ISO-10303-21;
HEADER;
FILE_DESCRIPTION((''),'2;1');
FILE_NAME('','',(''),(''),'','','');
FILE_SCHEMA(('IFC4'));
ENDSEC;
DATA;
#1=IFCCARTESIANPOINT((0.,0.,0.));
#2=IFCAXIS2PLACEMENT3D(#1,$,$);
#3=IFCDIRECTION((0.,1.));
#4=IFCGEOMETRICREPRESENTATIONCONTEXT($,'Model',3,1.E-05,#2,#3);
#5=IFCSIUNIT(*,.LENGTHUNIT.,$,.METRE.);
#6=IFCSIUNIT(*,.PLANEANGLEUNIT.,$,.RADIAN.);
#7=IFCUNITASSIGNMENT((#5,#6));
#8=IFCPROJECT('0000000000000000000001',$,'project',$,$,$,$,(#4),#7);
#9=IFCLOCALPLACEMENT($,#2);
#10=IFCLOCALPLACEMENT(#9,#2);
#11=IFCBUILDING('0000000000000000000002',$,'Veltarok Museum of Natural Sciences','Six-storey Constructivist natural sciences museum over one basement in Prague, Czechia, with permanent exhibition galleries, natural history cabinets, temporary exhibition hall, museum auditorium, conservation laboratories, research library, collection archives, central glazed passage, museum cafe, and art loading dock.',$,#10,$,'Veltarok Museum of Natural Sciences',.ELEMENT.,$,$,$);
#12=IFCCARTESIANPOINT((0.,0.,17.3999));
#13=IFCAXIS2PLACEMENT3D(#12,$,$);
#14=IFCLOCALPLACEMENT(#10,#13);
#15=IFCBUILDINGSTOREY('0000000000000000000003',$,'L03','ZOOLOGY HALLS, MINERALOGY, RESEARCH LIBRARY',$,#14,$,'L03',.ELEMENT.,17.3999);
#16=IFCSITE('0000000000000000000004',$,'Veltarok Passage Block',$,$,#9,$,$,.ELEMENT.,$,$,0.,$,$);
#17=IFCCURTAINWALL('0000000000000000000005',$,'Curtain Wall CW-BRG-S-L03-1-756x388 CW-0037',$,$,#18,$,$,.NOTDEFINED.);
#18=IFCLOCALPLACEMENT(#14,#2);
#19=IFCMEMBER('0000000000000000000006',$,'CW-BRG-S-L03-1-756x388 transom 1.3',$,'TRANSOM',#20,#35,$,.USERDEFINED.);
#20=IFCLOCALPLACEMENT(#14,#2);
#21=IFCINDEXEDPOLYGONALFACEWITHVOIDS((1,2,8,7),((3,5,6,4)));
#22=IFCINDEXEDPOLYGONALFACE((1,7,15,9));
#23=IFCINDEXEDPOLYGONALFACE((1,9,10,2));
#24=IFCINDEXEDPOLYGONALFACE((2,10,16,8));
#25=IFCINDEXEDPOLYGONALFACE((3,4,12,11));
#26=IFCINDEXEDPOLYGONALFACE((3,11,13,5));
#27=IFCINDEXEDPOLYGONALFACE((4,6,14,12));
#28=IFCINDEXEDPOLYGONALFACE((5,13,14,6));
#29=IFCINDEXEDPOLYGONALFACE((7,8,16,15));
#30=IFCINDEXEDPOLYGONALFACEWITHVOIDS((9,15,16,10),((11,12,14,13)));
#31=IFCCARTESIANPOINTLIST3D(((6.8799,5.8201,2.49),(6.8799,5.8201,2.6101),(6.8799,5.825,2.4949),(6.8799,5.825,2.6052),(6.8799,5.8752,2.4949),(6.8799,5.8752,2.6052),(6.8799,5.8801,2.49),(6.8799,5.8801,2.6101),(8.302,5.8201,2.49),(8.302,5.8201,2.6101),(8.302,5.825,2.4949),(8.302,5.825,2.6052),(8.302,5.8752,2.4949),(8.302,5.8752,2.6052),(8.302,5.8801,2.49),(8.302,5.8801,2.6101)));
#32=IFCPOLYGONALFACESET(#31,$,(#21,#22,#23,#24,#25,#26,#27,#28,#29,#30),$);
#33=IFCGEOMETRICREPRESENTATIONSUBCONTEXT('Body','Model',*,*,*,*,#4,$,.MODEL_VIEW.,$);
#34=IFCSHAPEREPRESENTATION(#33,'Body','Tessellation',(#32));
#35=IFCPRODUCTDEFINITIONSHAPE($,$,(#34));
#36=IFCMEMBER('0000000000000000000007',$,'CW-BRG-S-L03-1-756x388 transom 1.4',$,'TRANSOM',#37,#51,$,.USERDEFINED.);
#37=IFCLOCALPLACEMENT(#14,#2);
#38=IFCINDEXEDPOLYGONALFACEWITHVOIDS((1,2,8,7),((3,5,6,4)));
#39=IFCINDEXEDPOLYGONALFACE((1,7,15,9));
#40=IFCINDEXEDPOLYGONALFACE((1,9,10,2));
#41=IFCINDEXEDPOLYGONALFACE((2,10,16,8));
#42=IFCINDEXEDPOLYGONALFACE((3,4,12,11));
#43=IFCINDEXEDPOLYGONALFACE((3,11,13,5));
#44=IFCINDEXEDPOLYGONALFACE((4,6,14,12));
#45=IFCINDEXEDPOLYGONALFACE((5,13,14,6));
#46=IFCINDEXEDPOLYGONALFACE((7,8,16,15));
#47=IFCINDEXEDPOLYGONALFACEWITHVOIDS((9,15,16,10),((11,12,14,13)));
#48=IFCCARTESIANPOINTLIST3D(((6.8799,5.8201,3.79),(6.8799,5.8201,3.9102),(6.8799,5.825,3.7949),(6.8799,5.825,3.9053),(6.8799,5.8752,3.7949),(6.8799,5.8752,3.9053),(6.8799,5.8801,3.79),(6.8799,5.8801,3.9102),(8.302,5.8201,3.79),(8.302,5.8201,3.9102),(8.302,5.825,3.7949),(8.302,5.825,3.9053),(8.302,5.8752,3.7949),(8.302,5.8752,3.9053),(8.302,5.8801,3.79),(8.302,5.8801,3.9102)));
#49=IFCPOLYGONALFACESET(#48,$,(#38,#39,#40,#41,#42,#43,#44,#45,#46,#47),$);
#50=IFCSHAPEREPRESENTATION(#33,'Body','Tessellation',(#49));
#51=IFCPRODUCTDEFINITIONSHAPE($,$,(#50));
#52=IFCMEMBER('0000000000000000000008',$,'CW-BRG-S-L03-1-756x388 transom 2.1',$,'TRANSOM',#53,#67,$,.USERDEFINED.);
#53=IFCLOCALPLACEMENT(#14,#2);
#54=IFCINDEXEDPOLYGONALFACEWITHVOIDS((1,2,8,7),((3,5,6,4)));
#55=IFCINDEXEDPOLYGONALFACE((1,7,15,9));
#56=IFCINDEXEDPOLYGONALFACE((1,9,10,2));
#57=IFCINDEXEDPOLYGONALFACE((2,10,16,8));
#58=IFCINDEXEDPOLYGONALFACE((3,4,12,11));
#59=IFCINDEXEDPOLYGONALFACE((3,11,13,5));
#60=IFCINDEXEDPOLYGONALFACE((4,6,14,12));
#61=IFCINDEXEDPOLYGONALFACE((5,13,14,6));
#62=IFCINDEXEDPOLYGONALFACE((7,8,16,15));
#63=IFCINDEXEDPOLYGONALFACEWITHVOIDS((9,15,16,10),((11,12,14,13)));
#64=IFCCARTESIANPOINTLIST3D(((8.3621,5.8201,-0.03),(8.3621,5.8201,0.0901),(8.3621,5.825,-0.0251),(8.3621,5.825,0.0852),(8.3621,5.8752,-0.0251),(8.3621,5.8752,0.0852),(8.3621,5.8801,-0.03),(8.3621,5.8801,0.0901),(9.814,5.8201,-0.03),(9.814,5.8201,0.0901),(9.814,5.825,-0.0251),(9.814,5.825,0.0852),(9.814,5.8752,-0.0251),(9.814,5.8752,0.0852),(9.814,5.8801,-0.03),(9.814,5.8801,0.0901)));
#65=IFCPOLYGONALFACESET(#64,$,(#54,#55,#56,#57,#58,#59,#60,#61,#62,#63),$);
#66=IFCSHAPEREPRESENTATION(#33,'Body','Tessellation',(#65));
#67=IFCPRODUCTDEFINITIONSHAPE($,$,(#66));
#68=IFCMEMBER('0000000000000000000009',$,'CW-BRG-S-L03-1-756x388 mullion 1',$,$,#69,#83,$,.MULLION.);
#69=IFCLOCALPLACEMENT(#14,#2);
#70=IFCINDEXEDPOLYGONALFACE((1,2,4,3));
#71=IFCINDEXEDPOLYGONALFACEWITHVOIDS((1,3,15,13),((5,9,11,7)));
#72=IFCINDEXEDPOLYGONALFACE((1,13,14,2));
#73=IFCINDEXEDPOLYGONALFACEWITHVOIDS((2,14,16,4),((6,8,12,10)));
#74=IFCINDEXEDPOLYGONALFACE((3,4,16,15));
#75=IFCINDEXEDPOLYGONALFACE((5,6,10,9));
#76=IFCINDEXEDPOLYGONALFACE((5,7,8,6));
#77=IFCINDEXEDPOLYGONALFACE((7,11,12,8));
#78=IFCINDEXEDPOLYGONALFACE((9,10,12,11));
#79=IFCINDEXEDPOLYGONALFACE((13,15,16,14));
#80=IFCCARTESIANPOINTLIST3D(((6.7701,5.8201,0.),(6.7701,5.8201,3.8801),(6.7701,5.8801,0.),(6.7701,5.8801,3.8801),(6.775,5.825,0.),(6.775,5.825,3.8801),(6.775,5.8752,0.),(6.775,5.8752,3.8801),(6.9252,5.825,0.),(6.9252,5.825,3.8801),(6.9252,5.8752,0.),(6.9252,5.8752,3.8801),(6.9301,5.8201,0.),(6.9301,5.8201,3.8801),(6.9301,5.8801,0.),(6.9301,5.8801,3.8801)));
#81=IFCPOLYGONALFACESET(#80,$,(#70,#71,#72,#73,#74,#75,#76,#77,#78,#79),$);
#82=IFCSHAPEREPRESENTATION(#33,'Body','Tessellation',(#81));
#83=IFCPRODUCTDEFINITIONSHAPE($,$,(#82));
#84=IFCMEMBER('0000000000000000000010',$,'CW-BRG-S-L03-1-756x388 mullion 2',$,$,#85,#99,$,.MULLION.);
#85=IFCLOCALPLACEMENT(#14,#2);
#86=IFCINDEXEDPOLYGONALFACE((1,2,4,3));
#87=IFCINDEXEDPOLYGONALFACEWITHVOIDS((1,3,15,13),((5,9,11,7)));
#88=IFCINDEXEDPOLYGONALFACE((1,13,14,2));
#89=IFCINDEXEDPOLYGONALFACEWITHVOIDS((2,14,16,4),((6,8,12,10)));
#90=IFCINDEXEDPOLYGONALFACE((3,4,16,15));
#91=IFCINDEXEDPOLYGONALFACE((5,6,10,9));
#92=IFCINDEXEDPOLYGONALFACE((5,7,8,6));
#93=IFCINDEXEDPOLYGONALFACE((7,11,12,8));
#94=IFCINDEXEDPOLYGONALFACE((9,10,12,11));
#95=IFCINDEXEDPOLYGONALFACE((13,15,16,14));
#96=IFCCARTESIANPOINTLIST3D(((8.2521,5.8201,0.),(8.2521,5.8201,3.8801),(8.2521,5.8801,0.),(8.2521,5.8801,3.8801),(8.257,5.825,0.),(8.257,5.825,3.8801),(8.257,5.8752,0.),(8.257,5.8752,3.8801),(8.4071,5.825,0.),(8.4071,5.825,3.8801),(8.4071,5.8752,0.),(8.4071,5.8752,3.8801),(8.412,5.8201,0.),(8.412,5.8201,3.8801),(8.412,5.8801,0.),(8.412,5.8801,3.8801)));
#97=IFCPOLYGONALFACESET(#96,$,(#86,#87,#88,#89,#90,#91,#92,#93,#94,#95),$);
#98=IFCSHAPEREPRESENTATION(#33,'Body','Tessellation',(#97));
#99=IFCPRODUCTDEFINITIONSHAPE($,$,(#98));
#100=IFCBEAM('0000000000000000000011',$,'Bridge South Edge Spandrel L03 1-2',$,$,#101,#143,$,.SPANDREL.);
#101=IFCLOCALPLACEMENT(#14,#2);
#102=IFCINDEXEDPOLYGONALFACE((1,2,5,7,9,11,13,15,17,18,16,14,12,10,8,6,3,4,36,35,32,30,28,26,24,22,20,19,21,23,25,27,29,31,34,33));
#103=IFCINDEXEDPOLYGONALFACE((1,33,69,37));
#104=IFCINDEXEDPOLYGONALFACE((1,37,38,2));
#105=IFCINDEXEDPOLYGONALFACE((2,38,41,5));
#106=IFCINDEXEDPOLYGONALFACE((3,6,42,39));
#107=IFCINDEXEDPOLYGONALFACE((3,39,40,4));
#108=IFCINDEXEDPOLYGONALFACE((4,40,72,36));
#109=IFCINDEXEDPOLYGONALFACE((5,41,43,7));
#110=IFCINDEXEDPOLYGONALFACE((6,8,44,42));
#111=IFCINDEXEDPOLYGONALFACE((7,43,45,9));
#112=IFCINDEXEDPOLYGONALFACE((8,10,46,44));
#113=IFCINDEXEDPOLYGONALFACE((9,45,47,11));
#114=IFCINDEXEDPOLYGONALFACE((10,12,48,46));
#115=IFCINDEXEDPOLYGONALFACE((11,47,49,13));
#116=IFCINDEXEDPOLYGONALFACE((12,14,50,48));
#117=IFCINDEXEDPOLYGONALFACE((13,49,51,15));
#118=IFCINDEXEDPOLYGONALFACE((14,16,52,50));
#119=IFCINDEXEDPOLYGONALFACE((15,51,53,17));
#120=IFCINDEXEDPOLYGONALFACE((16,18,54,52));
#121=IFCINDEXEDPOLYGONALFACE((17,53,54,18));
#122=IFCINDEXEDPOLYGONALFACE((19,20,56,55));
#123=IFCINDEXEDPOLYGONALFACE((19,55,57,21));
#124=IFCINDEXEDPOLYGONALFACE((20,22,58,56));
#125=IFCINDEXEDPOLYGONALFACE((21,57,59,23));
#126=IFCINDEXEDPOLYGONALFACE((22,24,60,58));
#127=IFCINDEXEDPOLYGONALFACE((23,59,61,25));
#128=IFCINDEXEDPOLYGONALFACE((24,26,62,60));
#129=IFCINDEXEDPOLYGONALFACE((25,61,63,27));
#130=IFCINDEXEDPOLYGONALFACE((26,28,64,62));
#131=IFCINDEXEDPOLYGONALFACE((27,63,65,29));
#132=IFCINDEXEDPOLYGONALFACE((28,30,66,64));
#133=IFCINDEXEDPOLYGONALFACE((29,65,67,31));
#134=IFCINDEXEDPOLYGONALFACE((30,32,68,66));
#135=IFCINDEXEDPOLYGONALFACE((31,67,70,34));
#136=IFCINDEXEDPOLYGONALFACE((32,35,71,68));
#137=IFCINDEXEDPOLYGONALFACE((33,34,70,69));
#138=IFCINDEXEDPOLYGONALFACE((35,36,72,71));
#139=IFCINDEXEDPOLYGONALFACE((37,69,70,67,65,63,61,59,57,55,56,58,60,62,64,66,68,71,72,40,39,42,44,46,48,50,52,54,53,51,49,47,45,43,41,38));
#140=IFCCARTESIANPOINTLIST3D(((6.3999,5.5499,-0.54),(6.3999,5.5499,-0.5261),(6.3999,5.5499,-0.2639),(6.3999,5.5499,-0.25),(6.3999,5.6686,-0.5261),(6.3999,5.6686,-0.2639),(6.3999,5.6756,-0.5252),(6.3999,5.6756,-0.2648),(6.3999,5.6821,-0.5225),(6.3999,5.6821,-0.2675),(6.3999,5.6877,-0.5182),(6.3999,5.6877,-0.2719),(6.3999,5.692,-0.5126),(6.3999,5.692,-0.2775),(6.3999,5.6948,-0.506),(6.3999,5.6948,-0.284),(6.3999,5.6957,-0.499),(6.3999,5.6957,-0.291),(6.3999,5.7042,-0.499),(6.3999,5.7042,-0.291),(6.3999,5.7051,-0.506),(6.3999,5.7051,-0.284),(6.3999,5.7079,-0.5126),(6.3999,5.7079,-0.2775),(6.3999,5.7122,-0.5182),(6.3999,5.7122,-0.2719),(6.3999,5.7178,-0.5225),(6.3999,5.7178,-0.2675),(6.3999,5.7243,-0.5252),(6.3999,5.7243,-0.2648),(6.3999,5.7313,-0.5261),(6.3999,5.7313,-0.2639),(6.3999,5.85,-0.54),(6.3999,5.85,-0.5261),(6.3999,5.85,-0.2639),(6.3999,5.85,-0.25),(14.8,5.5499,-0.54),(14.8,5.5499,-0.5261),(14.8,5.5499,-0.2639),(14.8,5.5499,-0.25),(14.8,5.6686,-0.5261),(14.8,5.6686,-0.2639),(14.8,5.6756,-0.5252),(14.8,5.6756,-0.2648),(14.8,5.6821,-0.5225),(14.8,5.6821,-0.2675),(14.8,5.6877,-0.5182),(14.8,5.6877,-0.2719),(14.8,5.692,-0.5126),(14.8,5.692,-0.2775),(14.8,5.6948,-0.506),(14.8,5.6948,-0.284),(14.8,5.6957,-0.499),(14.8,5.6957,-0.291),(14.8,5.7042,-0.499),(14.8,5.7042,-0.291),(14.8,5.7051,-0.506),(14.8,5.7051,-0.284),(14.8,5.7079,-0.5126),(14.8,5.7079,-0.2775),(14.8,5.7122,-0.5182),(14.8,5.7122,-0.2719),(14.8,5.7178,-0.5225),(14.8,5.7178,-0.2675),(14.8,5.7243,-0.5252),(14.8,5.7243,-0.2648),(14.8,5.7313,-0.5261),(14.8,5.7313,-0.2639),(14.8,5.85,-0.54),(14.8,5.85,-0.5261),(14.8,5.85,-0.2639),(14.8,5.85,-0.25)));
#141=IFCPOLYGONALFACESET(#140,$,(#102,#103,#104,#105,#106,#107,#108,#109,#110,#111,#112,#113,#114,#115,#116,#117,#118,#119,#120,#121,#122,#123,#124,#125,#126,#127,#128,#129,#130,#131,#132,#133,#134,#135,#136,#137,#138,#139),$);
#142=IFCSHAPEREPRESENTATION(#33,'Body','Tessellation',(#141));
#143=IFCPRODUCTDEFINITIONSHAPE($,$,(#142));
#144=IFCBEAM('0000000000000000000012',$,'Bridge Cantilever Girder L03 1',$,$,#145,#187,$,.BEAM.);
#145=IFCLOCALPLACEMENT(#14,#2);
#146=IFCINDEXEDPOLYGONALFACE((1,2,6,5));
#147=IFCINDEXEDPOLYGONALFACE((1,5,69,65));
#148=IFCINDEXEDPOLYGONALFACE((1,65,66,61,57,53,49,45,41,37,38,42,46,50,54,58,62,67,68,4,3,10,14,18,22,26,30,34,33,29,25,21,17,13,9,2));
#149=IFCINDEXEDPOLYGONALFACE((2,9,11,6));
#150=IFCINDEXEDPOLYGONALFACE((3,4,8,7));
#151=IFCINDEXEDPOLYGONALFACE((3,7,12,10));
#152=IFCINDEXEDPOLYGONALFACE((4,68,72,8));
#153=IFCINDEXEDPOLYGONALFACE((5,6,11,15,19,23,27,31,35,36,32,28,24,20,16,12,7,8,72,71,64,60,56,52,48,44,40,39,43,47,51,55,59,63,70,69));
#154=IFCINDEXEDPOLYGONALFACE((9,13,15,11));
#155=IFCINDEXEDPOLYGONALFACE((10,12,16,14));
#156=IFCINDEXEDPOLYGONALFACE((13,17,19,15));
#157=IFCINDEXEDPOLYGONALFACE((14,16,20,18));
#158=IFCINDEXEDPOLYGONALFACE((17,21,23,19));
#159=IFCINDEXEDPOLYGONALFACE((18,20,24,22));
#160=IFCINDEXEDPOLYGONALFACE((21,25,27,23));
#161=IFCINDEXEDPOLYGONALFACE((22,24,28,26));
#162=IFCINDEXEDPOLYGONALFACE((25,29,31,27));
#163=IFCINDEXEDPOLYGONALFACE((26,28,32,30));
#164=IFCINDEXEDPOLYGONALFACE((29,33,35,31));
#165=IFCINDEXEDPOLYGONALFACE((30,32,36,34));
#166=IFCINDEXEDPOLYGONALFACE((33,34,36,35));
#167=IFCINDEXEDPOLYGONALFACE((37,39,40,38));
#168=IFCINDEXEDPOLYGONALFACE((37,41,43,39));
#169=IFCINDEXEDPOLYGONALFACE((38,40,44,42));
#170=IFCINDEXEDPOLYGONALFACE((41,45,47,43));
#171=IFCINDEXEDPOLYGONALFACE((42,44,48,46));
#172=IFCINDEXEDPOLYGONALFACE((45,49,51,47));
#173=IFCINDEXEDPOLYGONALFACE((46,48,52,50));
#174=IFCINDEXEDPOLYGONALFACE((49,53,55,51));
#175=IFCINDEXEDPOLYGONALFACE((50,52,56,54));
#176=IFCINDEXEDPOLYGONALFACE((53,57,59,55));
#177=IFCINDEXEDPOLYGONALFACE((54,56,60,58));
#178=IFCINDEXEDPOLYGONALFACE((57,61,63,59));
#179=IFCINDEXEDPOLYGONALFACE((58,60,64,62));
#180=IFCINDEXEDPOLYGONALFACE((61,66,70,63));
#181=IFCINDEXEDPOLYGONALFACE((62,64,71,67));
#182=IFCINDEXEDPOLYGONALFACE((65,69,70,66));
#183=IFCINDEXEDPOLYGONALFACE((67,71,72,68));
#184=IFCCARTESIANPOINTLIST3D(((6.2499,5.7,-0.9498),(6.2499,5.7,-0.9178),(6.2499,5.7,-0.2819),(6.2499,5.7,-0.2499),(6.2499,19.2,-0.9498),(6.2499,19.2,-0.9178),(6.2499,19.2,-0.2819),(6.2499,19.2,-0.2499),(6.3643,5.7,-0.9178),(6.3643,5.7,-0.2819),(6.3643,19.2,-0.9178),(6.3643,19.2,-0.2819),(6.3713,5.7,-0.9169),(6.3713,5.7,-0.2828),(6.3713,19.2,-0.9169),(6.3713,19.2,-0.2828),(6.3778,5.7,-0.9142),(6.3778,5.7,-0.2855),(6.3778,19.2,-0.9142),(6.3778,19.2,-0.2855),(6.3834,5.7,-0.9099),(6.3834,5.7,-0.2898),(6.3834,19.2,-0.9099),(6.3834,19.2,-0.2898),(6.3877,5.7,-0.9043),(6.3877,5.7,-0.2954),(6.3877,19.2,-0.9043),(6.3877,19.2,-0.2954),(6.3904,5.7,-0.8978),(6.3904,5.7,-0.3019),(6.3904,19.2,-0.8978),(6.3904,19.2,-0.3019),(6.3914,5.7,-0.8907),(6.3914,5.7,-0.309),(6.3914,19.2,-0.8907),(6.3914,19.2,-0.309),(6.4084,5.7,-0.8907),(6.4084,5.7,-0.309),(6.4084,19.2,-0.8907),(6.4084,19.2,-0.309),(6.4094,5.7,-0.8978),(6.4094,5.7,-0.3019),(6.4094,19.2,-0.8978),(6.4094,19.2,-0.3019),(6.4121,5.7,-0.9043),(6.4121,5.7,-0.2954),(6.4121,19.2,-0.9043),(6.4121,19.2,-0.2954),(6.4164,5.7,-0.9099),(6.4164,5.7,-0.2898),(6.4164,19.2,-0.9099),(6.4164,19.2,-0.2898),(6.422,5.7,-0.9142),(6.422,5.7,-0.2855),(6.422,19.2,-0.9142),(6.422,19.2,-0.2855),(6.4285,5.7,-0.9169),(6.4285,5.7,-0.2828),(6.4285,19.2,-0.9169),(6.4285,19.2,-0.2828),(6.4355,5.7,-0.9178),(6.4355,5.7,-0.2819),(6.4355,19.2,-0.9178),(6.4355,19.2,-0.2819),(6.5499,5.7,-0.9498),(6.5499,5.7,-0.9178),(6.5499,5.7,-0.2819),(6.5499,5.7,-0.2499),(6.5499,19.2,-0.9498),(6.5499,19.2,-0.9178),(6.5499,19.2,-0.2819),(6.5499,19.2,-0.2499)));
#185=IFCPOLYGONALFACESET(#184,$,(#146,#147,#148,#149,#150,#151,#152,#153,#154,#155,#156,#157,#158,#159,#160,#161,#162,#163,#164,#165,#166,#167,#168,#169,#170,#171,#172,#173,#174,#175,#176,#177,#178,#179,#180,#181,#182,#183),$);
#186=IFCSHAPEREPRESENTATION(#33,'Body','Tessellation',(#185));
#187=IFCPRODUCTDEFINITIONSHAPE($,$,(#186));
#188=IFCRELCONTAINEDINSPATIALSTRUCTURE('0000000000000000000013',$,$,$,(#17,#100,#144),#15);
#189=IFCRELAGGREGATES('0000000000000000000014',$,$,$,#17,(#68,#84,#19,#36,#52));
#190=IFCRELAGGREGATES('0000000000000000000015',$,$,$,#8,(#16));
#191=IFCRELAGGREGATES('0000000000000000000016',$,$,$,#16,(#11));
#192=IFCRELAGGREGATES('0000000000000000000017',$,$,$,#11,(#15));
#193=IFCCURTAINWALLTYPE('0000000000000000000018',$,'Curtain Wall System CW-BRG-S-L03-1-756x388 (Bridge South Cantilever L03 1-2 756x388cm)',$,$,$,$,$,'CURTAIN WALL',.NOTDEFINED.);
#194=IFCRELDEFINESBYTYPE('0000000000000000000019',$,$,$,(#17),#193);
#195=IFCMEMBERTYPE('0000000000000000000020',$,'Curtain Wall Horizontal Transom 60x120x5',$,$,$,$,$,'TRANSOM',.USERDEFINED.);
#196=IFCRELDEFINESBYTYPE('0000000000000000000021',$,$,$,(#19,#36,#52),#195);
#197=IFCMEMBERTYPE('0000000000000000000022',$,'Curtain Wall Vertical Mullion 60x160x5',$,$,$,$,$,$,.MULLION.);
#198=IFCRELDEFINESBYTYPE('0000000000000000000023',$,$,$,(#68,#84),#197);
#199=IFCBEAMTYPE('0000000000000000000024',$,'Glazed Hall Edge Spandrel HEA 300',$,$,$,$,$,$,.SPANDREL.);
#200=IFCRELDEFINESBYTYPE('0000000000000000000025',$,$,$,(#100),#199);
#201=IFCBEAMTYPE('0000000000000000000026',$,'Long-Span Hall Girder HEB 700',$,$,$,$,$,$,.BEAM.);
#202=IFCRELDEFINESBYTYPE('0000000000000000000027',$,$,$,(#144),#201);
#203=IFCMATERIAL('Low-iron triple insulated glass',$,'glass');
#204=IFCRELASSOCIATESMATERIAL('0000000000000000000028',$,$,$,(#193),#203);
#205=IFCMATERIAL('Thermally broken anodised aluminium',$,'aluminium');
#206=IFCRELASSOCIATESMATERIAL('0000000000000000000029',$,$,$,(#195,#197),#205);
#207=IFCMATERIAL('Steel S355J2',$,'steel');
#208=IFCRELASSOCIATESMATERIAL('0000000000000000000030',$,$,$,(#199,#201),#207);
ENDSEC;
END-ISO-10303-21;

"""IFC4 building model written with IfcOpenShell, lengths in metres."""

from ifc_helpers import new_model, si_unit, direction, frame, origin, origin_2d, place, context, subcontext, project, spatial, hollow_rectangle, i_section, extrude, material, material_profile, profile_set, type_object, element, aggregate, save


model = new_model("IFC4")

# Units and contexts
model_context = context("Model", 3, precision=1e-05, world=origin(), true_north=direction((0.0, 1.0)))
body_context = subcontext(model_context, "Body", "Model", "MODEL_VIEW")
ifc_project = project(units=[si_unit("LENGTHUNIT", "METRE"), si_unit("PLANEANGLEUNIT", "RADIAN")], contexts=[model_context])

# Site, building, storey
site_placement = place(None, origin())
site = spatial("IfcSite", under=ifc_project, at=site_placement, Name="Veltarok Passage Block", CompositionType="ELEMENT", RefElevation=0.0)
building_placement = place(site_placement, origin())
building = spatial("IfcBuilding", under=site, at=building_placement, Name="Veltarok Museum of Natural Sciences", Description="Six-storey Constructivist natural sciences museum over one basement in Prague, Czechia, with permanent exhibition galleries, natural history cabinets, temporary exhibition hall, museum auditorium, conservation laboratories, research library, collection archives, central glazed passage, museum cafe, and art loading dock.", LongName="Veltarok Museum of Natural Sciences", CompositionType="ELEMENT")
storey_placement = place(building_placement, frame((0.0, 0.0, 17.3999)))
storey = spatial("IfcBuildingStorey", under=building, at=storey_placement, Name="L03", Description="ZOOLOGY HALLS, MINERALOGY, RESEARCH LIBRARY", LongName="L03", CompositionType="ELEMENT", Elevation=17.3999)

# Shared definitions
ifc_material_1 = material(Name="Steel S355J2", Category="steel")

# Curtain wall, members
ifc_material_2 = material(Name="Low-iron triple insulated glass", Category="glass")
curtain_wall_type = type_object("IfcCurtainWallType", Name="Curtain Wall System CW-BRG-S-L03-1-756x388 (Bridge South Cantilever L03 1-2 756x388cm)", ElementType="CURTAIN WALL", PredefinedType="NOTDEFINED", material=ifc_material_2)
curtain_wall_placement = place(storey_placement, origin())
curtain_wall = element("IfcCurtainWall", 1, at=curtain_wall_placement, inside=storey, type_object=curtain_wall_type, Name="Curtain Wall CW-BRG-S-L03-1-756x388 CW-0037", PredefinedType="NOTDEFINED")
ifc_material_3 = material(Name="Thermally broken anodised aluminium", Category="aluminium")
ifc_material_profile_1 = material_profile(ifc_material_3, hollow_rectangle(XDim=0.0601, YDim=0.1201, WallThickness=0.0049, at=origin_2d()), Name="CW TRANSOM 60x120x5")
ifc_profile_set_1 = profile_set([ifc_material_profile_1], Name="Thermally broken anodised aluminium")
member_type_1 = type_object("IfcMemberType", Name="Curtain Wall Horizontal Transom 60x120x5", ElementType="TRANSOM", PredefinedType="USERDEFINED", material=ifc_profile_set_1)
member_1_placement = place(storey_placement, frame((6.8799, 5.8501, 2.55), z_axis=(1.0, 0.0, 0.0), x_axis=(0.0, 1.0, 0.0)))
member_1 = element("IfcMember", 2, at=member_1_placement, type_object=member_type_1, Name="CW-BRG-S-L03-1-756x388 transom 1.3", ObjectType="TRANSOM", PredefinedType="USERDEFINED", context=body_context, shape_type="SweptSolid", body=[
    extrude(hollow_rectangle(XDim=0.0601, YDim=0.1201, WallThickness=0.0049, at=origin_2d()), origin(), (0.0, 0.0, 1.0), 1.4221),
])
member_2_placement = place(storey_placement, frame((6.8799, 5.8501, 3.8501), z_axis=(1.0, 0.0, 0.0), x_axis=(0.0, 1.0, 0.0)))
member_2 = element("IfcMember", 3, at=member_2_placement, type_object=member_type_1, Name="CW-BRG-S-L03-1-756x388 transom 1.4", ObjectType="TRANSOM", PredefinedType="USERDEFINED", context=body_context, shape_type="SweptSolid", body=[
    extrude(hollow_rectangle(XDim=0.0601, YDim=0.1201, WallThickness=0.0049, at=origin_2d()), origin(), (0.0, 0.0, 1.0), 1.4221),
])
member_3_placement = place(storey_placement, frame((8.3621, 5.8501, 0.03), z_axis=(1.0, 0.0, 0.0), x_axis=(0.0, 1.0, 0.0)))
member_3 = element("IfcMember", 4, at=member_3_placement, type_object=member_type_1, Name="CW-BRG-S-L03-1-756x388 transom 2.1", ObjectType="TRANSOM", PredefinedType="USERDEFINED", context=body_context, shape_type="SweptSolid", body=[
    extrude(hollow_rectangle(XDim=0.0601, YDim=0.1201, WallThickness=0.0049, at=origin_2d()), origin(), (0.0, 0.0, 1.0), 1.4519),
])
ifc_material_profile_2 = material_profile(ifc_material_3, hollow_rectangle(XDim=0.0601, YDim=0.1599, WallThickness=0.0049, at=origin_2d()), Name="CW MULLION 60x160x5")
ifc_profile_set_2 = profile_set([ifc_material_profile_2], Name="Thermally broken anodised aluminium")
member_type_2 = type_object("IfcMemberType", Name="Curtain Wall Vertical Mullion 60x160x5", PredefinedType="MULLION", material=ifc_profile_set_2)
member_4_placement = place(storey_placement, frame((6.8501, 5.8501, 0.0), z_axis=(0.0, 0.0, 1.0), x_axis=(0.0, 1.0, 0.0)))
member_4 = element("IfcMember", 5, at=member_4_placement, type_object=member_type_2, Name="CW-BRG-S-L03-1-756x388 mullion 1", PredefinedType="MULLION", context=body_context, shape_type="SweptSolid", body=[
    extrude(hollow_rectangle(XDim=0.0601, YDim=0.1599, WallThickness=0.0049, at=origin_2d()), origin(), (0.0, 0.0, 1.0), 3.8801),
])
member_5_placement = place(storey_placement, frame((8.332, 5.8501, 0.0), z_axis=(0.0, 0.0, 1.0), x_axis=(0.0, 1.0, 0.0)))
member_5 = element("IfcMember", 6, at=member_5_placement, type_object=member_type_2, Name="CW-BRG-S-L03-1-756x388 mullion 2", PredefinedType="MULLION", context=body_context, shape_type="SweptSolid", body=[
    extrude(hollow_rectangle(XDim=0.0601, YDim=0.1599, WallThickness=0.0049, at=origin_2d()), origin(), (0.0, 0.0, 1.0), 3.8801),
])

# Beams
ifc_material_profile_3 = material_profile(ifc_material_1, i_section(OverallWidth=0.3, OverallDepth=0.29, WebThickness=0.0085, FlangeThickness=0.0139, FilletRadius=0.0271, at=origin_2d()), Name="HEA 300")
ifc_profile_set_3 = profile_set([ifc_material_profile_3], Name="Steel S355J2")
beam_type_1 = type_object("IfcBeamType", Name="Glazed Hall Edge Spandrel HEA 300", PredefinedType="SPANDREL", material=ifc_profile_set_3)
beam_1_placement = place(storey_placement, frame((6.3999, 5.7, -0.395), z_axis=(1.0, 0.0, 0.0), x_axis=(0.0, 1.0, 0.0)))
element("IfcBeam", 7, at=beam_1_placement, inside=storey, type_object=beam_type_1, Name="Bridge South Edge Spandrel L03 1-2", PredefinedType="SPANDREL", context=body_context, shape_type="SweptSolid", body=[
    extrude(i_section(OverallWidth=0.3, OverallDepth=0.29, WebThickness=0.0085, FlangeThickness=0.0139, FilletRadius=0.0271, at=origin_2d()), origin(), (0.0, 0.0, 1.0), 8.4001),
])
ifc_material_profile_4 = material_profile(ifc_material_1, i_section(OverallWidth=0.3, OverallDepth=0.7, WebThickness=0.0171, FlangeThickness=0.032, FilletRadius=0.0271, at=origin_2d()), Name="HEB 700")
ifc_profile_set_4 = profile_set([ifc_material_profile_4], Name="Steel S355J2")
beam_type_2 = type_object("IfcBeamType", Name="Long-Span Hall Girder HEB 700", PredefinedType="BEAM", material=ifc_profile_set_4)
beam_2_placement = place(storey_placement, frame((6.3999, 5.7, -0.5999), z_axis=(0.0, 1.0, 0.0), x_axis=(-1.0, 0.0, 0.0)))
element("IfcBeam", 8, at=beam_2_placement, inside=storey, type_object=beam_type_2, Name="Bridge Cantilever Girder L03 1", PredefinedType="BEAM", context=body_context, shape_type="SweptSolid", body=[
    extrude(i_section(OverallWidth=0.3, OverallDepth=0.7, WebThickness=0.0171, FlangeThickness=0.032, FilletRadius=0.0271, at=origin_2d()), origin(), (0.0, 0.0, 1.0), 13.5),
])

aggregate(curtain_wall, [member_4, member_5, member_1, member_2, member_3])

save(model, "model.ifc")
